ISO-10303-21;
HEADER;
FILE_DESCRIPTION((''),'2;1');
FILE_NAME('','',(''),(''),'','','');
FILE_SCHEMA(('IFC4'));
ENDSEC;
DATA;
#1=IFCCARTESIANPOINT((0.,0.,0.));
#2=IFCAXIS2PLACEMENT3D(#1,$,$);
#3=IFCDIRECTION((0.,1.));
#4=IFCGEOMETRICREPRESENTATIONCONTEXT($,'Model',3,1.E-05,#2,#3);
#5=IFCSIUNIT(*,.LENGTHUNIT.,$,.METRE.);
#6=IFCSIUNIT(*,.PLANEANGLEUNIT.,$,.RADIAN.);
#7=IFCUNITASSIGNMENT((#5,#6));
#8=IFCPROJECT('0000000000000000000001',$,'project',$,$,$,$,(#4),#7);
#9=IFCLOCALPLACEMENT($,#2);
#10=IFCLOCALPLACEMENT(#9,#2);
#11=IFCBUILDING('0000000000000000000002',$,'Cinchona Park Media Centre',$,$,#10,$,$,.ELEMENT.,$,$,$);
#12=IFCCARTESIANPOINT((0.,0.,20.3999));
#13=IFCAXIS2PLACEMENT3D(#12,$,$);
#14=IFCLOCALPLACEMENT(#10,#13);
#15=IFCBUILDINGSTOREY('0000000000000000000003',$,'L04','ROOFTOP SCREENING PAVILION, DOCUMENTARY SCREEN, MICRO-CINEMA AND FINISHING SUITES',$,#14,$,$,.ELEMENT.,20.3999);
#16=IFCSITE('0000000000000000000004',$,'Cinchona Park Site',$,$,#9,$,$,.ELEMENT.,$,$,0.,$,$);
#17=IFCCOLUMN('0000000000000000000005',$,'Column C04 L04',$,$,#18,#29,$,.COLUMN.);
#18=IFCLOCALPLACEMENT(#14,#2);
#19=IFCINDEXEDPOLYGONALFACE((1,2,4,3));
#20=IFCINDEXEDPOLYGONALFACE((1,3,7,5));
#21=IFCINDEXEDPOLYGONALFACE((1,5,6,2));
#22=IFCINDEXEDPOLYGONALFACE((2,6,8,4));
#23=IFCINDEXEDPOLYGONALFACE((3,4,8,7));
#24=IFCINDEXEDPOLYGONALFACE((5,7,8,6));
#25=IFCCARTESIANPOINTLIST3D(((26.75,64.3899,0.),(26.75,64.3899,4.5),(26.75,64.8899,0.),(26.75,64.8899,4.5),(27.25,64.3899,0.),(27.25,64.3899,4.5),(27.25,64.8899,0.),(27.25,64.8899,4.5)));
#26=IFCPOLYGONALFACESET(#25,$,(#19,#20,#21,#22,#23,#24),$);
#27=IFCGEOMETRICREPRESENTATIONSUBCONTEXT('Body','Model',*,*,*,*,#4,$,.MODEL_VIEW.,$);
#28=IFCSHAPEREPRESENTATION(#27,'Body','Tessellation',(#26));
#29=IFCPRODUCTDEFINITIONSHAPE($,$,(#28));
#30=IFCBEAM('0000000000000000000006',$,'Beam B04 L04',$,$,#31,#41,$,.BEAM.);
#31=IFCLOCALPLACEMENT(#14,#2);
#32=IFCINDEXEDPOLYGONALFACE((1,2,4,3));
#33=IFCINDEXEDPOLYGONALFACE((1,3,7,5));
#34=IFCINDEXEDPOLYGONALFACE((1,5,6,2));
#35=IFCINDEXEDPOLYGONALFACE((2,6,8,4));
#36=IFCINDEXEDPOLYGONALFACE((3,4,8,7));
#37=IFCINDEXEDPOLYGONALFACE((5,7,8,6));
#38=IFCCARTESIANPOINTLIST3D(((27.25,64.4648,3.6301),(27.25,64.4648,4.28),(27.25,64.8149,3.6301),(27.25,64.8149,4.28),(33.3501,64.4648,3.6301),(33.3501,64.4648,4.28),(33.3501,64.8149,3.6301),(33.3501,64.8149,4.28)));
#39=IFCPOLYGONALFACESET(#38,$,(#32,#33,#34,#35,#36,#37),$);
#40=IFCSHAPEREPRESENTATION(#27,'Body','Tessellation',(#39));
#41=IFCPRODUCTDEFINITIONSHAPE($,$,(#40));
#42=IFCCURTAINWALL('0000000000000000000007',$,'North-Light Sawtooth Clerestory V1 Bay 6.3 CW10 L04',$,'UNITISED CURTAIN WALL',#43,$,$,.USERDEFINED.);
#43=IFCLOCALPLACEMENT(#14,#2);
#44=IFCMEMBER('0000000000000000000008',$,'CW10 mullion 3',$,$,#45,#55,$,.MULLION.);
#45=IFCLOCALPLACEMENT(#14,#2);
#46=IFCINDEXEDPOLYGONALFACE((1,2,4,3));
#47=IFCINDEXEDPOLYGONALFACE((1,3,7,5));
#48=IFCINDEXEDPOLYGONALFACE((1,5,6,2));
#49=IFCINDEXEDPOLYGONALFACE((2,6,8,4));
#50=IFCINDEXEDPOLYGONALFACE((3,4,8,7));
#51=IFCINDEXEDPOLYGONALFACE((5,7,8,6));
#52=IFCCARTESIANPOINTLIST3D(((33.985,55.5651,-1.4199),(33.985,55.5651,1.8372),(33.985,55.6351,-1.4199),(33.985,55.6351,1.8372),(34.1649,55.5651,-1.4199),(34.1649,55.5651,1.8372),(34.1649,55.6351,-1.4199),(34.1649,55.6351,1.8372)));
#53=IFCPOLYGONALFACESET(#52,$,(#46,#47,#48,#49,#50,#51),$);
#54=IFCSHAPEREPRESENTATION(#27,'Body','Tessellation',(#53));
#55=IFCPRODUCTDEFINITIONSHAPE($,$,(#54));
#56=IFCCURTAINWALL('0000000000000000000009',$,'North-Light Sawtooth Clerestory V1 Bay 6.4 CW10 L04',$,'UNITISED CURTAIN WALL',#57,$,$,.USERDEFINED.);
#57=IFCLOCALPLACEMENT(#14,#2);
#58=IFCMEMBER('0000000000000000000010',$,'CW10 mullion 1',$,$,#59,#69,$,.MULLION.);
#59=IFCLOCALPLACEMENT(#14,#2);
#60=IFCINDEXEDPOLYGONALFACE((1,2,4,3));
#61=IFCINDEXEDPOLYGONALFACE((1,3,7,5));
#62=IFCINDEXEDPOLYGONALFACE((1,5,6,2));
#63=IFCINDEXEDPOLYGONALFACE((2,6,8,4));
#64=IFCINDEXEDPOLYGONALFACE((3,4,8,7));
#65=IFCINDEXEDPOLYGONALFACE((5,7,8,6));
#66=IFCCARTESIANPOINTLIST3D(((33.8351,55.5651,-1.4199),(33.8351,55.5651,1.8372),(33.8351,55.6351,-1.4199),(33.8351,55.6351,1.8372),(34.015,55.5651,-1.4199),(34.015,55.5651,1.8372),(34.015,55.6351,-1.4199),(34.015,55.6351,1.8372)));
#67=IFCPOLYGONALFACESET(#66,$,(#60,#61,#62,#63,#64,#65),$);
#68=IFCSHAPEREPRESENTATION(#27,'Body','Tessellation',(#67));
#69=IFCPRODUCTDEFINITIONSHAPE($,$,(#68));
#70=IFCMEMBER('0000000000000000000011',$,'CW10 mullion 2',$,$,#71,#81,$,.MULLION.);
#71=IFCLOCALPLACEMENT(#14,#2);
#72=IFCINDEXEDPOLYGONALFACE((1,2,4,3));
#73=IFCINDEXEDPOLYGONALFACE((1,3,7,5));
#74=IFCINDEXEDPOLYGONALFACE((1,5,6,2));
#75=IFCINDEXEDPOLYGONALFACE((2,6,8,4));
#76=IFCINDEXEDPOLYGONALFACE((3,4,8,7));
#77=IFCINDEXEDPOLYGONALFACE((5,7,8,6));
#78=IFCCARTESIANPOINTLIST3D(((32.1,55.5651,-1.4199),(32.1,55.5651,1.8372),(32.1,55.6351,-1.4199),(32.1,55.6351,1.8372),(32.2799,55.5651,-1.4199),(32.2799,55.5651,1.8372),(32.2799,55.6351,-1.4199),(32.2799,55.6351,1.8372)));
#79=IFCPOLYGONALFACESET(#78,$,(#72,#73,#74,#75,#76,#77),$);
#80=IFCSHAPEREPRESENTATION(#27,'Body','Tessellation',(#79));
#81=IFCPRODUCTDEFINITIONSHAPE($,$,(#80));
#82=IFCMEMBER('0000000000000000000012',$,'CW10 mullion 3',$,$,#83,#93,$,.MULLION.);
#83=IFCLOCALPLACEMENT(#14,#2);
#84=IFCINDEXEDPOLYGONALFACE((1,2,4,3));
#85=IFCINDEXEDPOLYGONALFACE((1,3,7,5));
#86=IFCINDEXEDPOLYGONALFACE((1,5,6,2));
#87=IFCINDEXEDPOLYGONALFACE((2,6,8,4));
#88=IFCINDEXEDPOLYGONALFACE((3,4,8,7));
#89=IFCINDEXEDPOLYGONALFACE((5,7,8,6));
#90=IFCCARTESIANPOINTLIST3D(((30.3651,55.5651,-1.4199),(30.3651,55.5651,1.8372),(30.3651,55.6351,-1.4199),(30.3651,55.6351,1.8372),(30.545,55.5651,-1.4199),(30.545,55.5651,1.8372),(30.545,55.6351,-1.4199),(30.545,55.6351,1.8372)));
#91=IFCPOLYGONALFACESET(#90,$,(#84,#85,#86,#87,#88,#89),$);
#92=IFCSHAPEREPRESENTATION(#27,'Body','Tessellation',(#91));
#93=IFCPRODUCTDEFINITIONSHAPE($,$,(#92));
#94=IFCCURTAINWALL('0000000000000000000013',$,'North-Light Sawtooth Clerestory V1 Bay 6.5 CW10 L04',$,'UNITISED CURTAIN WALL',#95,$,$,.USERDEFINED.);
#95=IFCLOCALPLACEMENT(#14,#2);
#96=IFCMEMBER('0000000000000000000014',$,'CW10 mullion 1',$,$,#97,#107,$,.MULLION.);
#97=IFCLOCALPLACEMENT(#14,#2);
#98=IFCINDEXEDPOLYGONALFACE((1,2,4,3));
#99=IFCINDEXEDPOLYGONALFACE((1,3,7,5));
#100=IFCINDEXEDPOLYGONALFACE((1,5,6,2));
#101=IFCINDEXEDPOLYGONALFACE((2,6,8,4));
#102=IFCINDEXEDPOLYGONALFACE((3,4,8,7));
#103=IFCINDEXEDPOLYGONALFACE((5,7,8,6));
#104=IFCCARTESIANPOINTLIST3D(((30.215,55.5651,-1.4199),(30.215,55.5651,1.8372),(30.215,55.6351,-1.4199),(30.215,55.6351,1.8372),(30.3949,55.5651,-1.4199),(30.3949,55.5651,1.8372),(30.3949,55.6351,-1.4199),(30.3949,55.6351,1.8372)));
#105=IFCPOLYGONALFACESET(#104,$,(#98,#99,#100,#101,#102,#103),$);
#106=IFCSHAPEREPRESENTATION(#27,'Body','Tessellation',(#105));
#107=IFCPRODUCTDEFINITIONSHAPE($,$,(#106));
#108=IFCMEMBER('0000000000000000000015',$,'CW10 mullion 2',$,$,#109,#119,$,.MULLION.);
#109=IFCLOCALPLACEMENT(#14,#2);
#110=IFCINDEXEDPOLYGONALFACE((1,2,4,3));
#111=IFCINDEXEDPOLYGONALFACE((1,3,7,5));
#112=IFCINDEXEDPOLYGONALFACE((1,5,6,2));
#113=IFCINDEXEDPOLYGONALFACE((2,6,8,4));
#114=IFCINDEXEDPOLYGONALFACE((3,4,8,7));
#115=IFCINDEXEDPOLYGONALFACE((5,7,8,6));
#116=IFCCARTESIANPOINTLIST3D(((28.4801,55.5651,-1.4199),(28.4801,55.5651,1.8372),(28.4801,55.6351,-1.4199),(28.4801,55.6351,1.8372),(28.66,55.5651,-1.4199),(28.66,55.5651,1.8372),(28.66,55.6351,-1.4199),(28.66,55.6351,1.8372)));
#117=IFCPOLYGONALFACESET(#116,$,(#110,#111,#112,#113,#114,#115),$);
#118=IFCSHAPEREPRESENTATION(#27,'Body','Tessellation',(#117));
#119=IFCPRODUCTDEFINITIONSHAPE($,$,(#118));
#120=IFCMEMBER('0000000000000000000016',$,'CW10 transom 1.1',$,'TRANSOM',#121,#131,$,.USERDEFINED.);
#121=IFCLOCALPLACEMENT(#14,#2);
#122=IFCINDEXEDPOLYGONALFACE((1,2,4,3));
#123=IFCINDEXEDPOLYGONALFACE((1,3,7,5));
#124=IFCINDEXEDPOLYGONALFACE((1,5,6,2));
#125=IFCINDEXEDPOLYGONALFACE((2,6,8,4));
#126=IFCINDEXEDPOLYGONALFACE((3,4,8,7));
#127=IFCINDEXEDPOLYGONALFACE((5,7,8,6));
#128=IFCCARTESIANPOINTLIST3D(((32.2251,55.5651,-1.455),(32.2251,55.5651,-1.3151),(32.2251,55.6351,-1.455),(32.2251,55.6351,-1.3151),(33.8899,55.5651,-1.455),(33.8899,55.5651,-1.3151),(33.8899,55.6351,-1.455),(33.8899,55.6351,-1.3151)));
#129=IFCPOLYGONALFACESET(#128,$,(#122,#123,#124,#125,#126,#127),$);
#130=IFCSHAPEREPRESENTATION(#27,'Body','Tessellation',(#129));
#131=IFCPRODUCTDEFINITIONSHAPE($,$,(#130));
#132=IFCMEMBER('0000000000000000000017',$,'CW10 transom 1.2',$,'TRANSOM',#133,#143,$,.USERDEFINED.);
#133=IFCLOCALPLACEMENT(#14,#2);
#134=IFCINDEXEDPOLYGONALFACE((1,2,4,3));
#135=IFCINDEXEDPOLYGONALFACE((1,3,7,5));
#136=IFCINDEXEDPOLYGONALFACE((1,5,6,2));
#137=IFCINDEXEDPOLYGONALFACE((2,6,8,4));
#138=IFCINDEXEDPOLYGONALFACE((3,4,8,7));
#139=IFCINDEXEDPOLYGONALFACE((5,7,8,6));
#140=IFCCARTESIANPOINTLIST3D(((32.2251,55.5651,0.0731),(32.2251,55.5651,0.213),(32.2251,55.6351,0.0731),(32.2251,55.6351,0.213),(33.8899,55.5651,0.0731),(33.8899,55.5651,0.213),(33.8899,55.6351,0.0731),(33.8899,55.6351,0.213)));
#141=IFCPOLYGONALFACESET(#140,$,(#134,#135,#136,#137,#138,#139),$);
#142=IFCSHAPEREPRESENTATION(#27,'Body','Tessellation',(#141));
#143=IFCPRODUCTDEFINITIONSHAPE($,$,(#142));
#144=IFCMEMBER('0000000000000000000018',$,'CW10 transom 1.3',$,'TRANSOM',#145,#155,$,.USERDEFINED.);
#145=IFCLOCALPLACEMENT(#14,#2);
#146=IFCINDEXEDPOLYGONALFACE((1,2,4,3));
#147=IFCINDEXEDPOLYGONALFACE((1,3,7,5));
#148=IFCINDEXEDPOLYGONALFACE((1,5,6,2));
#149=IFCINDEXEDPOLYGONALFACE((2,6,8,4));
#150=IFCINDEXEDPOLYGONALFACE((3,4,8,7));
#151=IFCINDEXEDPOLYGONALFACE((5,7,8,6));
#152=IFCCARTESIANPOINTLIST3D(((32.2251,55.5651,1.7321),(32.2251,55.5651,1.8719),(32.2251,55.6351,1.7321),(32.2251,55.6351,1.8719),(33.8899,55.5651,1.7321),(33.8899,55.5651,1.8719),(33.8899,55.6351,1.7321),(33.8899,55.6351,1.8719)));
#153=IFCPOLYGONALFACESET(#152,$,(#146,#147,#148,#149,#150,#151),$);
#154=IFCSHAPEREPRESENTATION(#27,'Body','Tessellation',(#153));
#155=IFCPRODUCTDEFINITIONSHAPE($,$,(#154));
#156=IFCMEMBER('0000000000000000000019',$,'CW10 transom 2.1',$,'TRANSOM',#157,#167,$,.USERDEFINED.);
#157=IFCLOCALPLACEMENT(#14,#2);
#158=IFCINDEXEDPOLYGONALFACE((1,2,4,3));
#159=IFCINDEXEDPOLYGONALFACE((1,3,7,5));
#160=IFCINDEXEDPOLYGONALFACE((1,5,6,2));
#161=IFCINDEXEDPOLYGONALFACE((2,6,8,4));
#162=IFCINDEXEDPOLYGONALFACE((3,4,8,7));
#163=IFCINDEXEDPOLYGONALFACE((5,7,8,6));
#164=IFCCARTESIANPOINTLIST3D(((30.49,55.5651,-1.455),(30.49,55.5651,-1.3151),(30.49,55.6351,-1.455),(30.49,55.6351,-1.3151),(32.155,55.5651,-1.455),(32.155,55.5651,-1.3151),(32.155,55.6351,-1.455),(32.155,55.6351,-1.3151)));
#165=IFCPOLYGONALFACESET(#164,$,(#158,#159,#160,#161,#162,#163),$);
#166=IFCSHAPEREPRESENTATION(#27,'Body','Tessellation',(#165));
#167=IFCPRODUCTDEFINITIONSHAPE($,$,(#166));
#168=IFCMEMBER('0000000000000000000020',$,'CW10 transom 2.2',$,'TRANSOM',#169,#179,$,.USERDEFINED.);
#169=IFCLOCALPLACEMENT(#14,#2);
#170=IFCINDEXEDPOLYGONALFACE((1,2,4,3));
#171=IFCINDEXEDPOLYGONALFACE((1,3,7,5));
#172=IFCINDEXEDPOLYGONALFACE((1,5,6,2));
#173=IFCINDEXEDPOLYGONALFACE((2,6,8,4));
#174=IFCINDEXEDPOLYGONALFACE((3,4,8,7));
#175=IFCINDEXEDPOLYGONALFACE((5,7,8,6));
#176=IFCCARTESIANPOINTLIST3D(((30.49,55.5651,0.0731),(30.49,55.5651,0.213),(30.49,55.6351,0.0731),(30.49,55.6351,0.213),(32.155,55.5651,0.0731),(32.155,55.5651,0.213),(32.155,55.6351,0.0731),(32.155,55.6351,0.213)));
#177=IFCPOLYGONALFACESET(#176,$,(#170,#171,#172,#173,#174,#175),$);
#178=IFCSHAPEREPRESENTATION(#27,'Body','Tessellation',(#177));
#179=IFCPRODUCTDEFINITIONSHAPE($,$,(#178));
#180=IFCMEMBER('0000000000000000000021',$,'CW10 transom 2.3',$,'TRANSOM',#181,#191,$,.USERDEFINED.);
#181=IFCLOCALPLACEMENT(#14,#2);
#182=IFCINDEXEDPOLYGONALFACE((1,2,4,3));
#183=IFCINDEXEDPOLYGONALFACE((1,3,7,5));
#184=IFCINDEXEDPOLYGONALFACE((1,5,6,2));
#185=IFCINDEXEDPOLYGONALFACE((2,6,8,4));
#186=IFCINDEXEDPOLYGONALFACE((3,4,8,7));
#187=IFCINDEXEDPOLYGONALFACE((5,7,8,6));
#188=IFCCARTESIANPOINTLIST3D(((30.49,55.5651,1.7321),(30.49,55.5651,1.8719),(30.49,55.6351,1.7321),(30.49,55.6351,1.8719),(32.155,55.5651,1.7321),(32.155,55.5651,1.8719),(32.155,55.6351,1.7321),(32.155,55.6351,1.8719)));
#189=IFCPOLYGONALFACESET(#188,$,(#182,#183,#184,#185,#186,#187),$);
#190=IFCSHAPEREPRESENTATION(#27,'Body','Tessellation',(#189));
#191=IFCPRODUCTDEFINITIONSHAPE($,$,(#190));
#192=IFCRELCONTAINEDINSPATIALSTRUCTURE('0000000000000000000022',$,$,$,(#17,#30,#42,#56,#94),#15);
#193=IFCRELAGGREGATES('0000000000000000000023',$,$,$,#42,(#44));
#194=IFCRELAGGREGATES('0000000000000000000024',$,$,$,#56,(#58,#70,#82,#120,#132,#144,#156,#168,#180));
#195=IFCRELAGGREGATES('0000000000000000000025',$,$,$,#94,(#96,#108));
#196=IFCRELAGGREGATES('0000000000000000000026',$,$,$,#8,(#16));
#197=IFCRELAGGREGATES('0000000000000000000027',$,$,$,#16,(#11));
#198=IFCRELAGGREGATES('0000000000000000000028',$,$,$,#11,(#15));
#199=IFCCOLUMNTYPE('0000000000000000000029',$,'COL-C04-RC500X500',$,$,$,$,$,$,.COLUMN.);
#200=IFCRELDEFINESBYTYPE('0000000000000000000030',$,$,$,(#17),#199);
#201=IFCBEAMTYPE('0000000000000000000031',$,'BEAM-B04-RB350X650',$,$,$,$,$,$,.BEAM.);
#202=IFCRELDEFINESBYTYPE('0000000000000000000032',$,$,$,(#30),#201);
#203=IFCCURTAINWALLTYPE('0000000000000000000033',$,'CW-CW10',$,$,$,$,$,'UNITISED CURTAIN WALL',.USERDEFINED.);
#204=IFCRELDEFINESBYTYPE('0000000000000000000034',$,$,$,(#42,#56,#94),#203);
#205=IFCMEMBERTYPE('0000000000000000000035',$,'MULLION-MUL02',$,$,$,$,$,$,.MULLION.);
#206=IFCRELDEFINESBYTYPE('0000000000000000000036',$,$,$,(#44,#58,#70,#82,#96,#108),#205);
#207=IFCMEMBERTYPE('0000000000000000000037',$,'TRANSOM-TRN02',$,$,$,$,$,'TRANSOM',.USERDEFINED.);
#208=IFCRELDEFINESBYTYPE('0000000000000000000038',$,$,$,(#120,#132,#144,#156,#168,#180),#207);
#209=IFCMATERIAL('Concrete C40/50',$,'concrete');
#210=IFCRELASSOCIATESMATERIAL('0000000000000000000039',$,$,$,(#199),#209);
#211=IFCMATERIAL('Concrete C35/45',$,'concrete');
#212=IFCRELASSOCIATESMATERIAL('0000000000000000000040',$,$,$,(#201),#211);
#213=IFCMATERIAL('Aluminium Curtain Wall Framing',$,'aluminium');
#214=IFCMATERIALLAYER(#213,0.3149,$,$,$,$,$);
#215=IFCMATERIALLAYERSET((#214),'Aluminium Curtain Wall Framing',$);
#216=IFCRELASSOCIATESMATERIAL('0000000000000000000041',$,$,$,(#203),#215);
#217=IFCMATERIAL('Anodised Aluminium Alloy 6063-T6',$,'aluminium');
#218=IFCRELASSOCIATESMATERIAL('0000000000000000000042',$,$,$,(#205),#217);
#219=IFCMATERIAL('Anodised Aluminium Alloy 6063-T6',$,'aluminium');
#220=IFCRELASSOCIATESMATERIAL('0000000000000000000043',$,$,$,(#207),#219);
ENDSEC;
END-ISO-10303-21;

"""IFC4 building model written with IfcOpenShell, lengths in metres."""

from ifc_helpers import new_model, si_unit, direction, frame, origin, origin_2d, place, context, subcontext, project, spatial, rectangle, extrude, material, layer, layer_set, material_profile, profile_set, type_object, element, aggregate, save


model = new_model("IFC4")

# Units and contexts
model_context = context("Model", 3, precision=1e-05, world=origin(), true_north=direction((0.0, 1.0)))
body_context = subcontext(model_context, "Body", "Model", "MODEL_VIEW")
ifc_project = project(units=[si_unit("LENGTHUNIT", "METRE"), si_unit("PLANEANGLEUNIT", "RADIAN")], contexts=[model_context])

# Site, building, storey
site_placement = place(None, origin())
site = spatial("IfcSite", under=ifc_project, at=site_placement, Name="Cinchona Park Site", CompositionType="ELEMENT", RefElevation=0.0)
building_placement = place(site_placement, origin())
building = spatial("IfcBuilding", under=site, at=building_placement, Name="Cinchona Park Media Centre", CompositionType="ELEMENT")
storey_placement = place(building_placement, frame((0.0, 0.0, 20.3999)))
storey = spatial("IfcBuildingStorey", under=building, at=storey_placement, Name="L04", Description="ROOFTOP SCREENING PAVILION, DOCUMENTARY SCREEN, MICRO-CINEMA AND FINISHING SUITES", CompositionType="ELEMENT", Elevation=20.3999)

# Column
ifc_material_1 = material(Name="Concrete C40/50", Category="concrete")
ifc_material_profile_1 = material_profile(ifc_material_1, rectangle(XDim=0.5, YDim=0.5, at=origin_2d()), Name="RC 500X500")
ifc_profile_set_1 = profile_set([ifc_material_profile_1], Name="Concrete C40/50")
column_type = type_object("IfcColumnType", Name="COL-C04-RC500X500", PredefinedType="COLUMN", material=ifc_profile_set_1)
column_placement = place(storey_placement, frame((27.0, 64.6399, 0.0), z_axis=(0.0, 0.0, 1.0), x_axis=(1.0, 0.0, 0.0)))
element("IfcColumn", 1, at=column_placement, inside=storey, type_object=column_type, Name="Column C04 L04", PredefinedType="COLUMN", context=body_context, shape_type="SweptSolid", body=[
    extrude(rectangle(XDim=0.5, YDim=0.5, at=origin_2d()), origin(), (0.0, 0.0, 1.0), 4.5),
])

# Beam
ifc_material_2 = material(Name="Concrete C35/45", Category="concrete")
ifc_material_profile_2 = material_profile(ifc_material_2, rectangle(XDim=0.3501, YDim=0.6499, at=origin_2d()), Name="RB 350X650")
ifc_profile_set_2 = profile_set([ifc_material_profile_2], Name="Concrete C35/45")
beam_type = type_object("IfcBeamType", Name="BEAM-B04-RB350X650", PredefinedType="BEAM", material=ifc_profile_set_2)
beam_placement = place(storey_placement, frame((27.25, 64.6399, 3.9551), z_axis=(1.0, 0.0, 0.0), x_axis=(0.0, 1.0, 0.0)))
element("IfcBeam", 2, at=beam_placement, inside=storey, type_object=beam_type, Name="Beam B04 L04", PredefinedType="BEAM", context=body_context, shape_type="SweptSolid", body=[
    extrude(rectangle(XDim=0.3501, YDim=0.6499, at=origin_2d()), origin(), (0.0, 0.0, 1.0), 6.1001),
])

# Curtain wall, member
ifc_material_3 = material(Name="Aluminium Curtain Wall Framing", Category="aluminium")
ifc_layer_1 = layer(ifc_material_3, 0.3149)
ifc_layer_set_1 = layer_set([ifc_layer_1], Name="Aluminium Curtain Wall Framing")
curtain_wall_type = type_object("IfcCurtainWallType", Name="CW-CW10", ElementType="UNITISED CURTAIN WALL", PredefinedType="USERDEFINED", material=ifc_layer_set_1)
curtain_wall_1_placement = place(storey_placement, origin())
curtain_wall_1 = element("IfcCurtainWall", 3, at=curtain_wall_1_placement, inside=storey, type_object=curtain_wall_type, Name="North-Light Sawtooth Clerestory V1 Bay 6.3 CW10 L04", ObjectType="UNITISED CURTAIN WALL", PredefinedType="USERDEFINED")
ifc_material_4 = material(Name="Anodised Aluminium Alloy 6063-T6", Category="aluminium")
ifc_material_profile_3 = material_profile(ifc_material_4, rectangle(XDim=0.0701, YDim=0.1799, at=origin_2d()), Name="MUL-70X180")
ifc_profile_set_3 = profile_set([ifc_material_profile_3], Name="Anodised Aluminium Alloy 6063-T6")
member_type_1 = type_object("IfcMemberType", Name="MULLION-MUL02", PredefinedType="MULLION", material=ifc_profile_set_3)
member_1_placement = place(storey_placement, frame((34.075, 55.6001, -1.4199), z_axis=(0.0, 0.0, 1.0), x_axis=(0.0, -1.0, 0.0)))
member_1 = element("IfcMember", 4, at=member_1_placement, type_object=member_type_1, Name="CW10 mullion 3", PredefinedType="MULLION", context=body_context, shape_type="SweptSolid", body=[
    extrude(rectangle(XDim=0.0701, YDim=0.1799, at=origin_2d()), origin(), (0.0, 0.0, 1.0), 3.2571),
])

# Curtain walls, members
curtain_wall_2_placement = place(storey_placement, origin())
curtain_wall_2 = element("IfcCurtainWall", 5, at=curtain_wall_2_placement, inside=storey, type_object=curtain_wall_type, Name="North-Light Sawtooth Clerestory V1 Bay 6.4 CW10 L04", ObjectType="UNITISED CURTAIN WALL", PredefinedType="USERDEFINED")
member_2_placement = place(storey_placement, frame((33.925, 55.6001, -1.4199), z_axis=(0.0, 0.0, 1.0), x_axis=(0.0, -1.0, 0.0)))
member_2 = element("IfcMember", 6, at=member_2_placement, type_object=member_type_1, Name="CW10 mullion 1", PredefinedType="MULLION", context=body_context, shape_type="SweptSolid", body=[
    extrude(rectangle(XDim=0.0701, YDim=0.1799, at=origin_2d()), origin(), (0.0, 0.0, 1.0), 3.2571),
])
member_3_placement = place(storey_placement, frame((32.1899, 55.6001, -1.4199), z_axis=(0.0, 0.0, 1.0), x_axis=(0.0, -1.0, 0.0)))
member_3 = element("IfcMember", 7, at=member_3_placement, type_object=member_type_1, Name="CW10 mullion 2", PredefinedType="MULLION", context=body_context, shape_type="SweptSolid", body=[
    extrude(rectangle(XDim=0.0701, YDim=0.1799, at=origin_2d()), origin(), (0.0, 0.0, 1.0), 3.2571),
])
member_4_placement = place(storey_placement, frame((30.4551, 55.6001, -1.4199), z_axis=(0.0, 0.0, 1.0), x_axis=(0.0, -1.0, 0.0)))
member_4 = element("IfcMember", 8, at=member_4_placement, type_object=member_type_1, Name="CW10 mullion 3", PredefinedType="MULLION", context=body_context, shape_type="SweptSolid", body=[
    extrude(rectangle(XDim=0.0701, YDim=0.1799, at=origin_2d()), origin(), (0.0, 0.0, 1.0), 3.2571),
])
curtain_wall_3_placement = place(storey_placement, origin())
curtain_wall_3 = element("IfcCurtainWall", 9, at=curtain_wall_3_placement, inside=storey, type_object=curtain_wall_type, Name="North-Light Sawtooth Clerestory V1 Bay 6.5 CW10 L04", ObjectType="UNITISED CURTAIN WALL", PredefinedType="USERDEFINED")
member_5_placement = place(storey_placement, frame((30.3049, 55.6001, -1.4199), z_axis=(0.0, 0.0, 1.0), x_axis=(0.0, -1.0, 0.0)))
member_5 = element("IfcMember", 10, at=member_5_placement, type_object=member_type_1, Name="CW10 mullion 1", PredefinedType="MULLION", context=body_context, shape_type="SweptSolid", body=[
    extrude(rectangle(XDim=0.0701, YDim=0.1799, at=origin_2d()), origin(), (0.0, 0.0, 1.0), 3.2571),
])
member_6_placement = place(storey_placement, frame((28.5701, 55.6001, -1.4199), z_axis=(0.0, 0.0, 1.0), x_axis=(0.0, -1.0, 0.0)))
member_6 = element("IfcMember", 11, at=member_6_placement, type_object=member_type_1, Name="CW10 mullion 2", PredefinedType="MULLION", context=body_context, shape_type="SweptSolid", body=[
    extrude(rectangle(XDim=0.0701, YDim=0.1799, at=origin_2d()), origin(), (0.0, 0.0, 1.0), 3.2571),
])

# Members
ifc_material_5 = material(Name="Anodised Aluminium Alloy 6063-T6", Category="aluminium")
ifc_material_profile_4 = material_profile(ifc_material_5, rectangle(XDim=0.0701, YDim=0.1399, at=origin_2d()), Name="TRN-70X140")
ifc_profile_set_4 = profile_set([ifc_material_profile_4], Name="Anodised Aluminium Alloy 6063-T6")
member_type_2 = type_object("IfcMemberType", Name="TRANSOM-TRN02", ElementType="TRANSOM", PredefinedType="USERDEFINED", material=ifc_profile_set_4)
member_7_placement = place(storey_placement, frame((33.8899, 55.6001, -1.385), z_axis=(-1.0, 0.0, 0.0), x_axis=(0.0, -1.0, 0.0)))
member_7 = element("IfcMember", 12, at=member_7_placement, type_object=member_type_2, Name="CW10 transom 1.1", ObjectType="TRANSOM", PredefinedType="USERDEFINED", context=body_context, shape_type="SweptSolid", body=[
    extrude(rectangle(XDim=0.0701, YDim=0.1399, at=origin_2d()), origin(), (0.0, 0.0, 1.0), 1.6648),
])
member_8_placement = place(storey_placement, frame((33.8899, 55.6001, 0.1431), z_axis=(-1.0, 0.0, 0.0), x_axis=(0.0, -1.0, 0.0)))
member_8 = element("IfcMember", 13, at=member_8_placement, type_object=member_type_2, Name="CW10 transom 1.2", ObjectType="TRANSOM", PredefinedType="USERDEFINED", context=body_context, shape_type="SweptSolid", body=[
    extrude(rectangle(XDim=0.0701, YDim=0.1399, at=origin_2d()), origin(), (0.0, 0.0, 1.0), 1.6648),
])
member_9_placement = place(storey_placement, frame((33.8899, 55.6001, 1.802), z_axis=(-1.0, 0.0, 0.0), x_axis=(0.0, -1.0, 0.0)))
member_9 = element("IfcMember", 14, at=member_9_placement, type_object=member_type_2, Name="CW10 transom 1.3", ObjectType="TRANSOM", PredefinedType="USERDEFINED", context=body_context, shape_type="SweptSolid", body=[
    extrude(rectangle(XDim=0.0701, YDim=0.1399, at=origin_2d()), origin(), (0.0, 0.0, 1.0), 1.6648),
])
member_10_placement = place(storey_placement, frame((32.155, 55.6001, -1.385), z_axis=(-1.0, 0.0, 0.0), x_axis=(0.0, -1.0, 0.0)))
member_10 = element("IfcMember", 15, at=member_10_placement, type_object=member_type_2, Name="CW10 transom 2.1", ObjectType="TRANSOM", PredefinedType="USERDEFINED", context=body_context, shape_type="SweptSolid", body=[
    extrude(rectangle(XDim=0.0701, YDim=0.1399, at=origin_2d()), origin(), (0.0, 0.0, 1.0), 1.665),
])
member_11_placement = place(storey_placement, frame((32.155, 55.6001, 0.1431), z_axis=(-1.0, 0.0, 0.0), x_axis=(0.0, -1.0, 0.0)))
member_11 = element("IfcMember", 16, at=member_11_placement, type_object=member_type_2, Name="CW10 transom 2.2", ObjectType="TRANSOM", PredefinedType="USERDEFINED", context=body_context, shape_type="SweptSolid", body=[
    extrude(rectangle(XDim=0.0701, YDim=0.1399, at=origin_2d()), origin(), (0.0, 0.0, 1.0), 1.665),
])
member_12_placement = place(storey_placement, frame((32.155, 55.6001, 1.802), z_axis=(-1.0, 0.0, 0.0), x_axis=(0.0, -1.0, 0.0)))
member_12 = element("IfcMember", 17, at=member_12_placement, type_object=member_type_2, Name="CW10 transom 2.3", ObjectType="TRANSOM", PredefinedType="USERDEFINED", context=body_context, shape_type="SweptSolid", body=[
    extrude(rectangle(XDim=0.0701, YDim=0.1399, at=origin_2d()), origin(), (0.0, 0.0, 1.0), 1.665),
])

aggregate(curtain_wall_1, [member_1])
aggregate(curtain_wall_2, [member_2, member_3, member_4, member_7, member_8, member_9, member_10, member_11, member_12])
aggregate(curtain_wall_3, [member_5, member_6])

save(model, "model.ifc")
